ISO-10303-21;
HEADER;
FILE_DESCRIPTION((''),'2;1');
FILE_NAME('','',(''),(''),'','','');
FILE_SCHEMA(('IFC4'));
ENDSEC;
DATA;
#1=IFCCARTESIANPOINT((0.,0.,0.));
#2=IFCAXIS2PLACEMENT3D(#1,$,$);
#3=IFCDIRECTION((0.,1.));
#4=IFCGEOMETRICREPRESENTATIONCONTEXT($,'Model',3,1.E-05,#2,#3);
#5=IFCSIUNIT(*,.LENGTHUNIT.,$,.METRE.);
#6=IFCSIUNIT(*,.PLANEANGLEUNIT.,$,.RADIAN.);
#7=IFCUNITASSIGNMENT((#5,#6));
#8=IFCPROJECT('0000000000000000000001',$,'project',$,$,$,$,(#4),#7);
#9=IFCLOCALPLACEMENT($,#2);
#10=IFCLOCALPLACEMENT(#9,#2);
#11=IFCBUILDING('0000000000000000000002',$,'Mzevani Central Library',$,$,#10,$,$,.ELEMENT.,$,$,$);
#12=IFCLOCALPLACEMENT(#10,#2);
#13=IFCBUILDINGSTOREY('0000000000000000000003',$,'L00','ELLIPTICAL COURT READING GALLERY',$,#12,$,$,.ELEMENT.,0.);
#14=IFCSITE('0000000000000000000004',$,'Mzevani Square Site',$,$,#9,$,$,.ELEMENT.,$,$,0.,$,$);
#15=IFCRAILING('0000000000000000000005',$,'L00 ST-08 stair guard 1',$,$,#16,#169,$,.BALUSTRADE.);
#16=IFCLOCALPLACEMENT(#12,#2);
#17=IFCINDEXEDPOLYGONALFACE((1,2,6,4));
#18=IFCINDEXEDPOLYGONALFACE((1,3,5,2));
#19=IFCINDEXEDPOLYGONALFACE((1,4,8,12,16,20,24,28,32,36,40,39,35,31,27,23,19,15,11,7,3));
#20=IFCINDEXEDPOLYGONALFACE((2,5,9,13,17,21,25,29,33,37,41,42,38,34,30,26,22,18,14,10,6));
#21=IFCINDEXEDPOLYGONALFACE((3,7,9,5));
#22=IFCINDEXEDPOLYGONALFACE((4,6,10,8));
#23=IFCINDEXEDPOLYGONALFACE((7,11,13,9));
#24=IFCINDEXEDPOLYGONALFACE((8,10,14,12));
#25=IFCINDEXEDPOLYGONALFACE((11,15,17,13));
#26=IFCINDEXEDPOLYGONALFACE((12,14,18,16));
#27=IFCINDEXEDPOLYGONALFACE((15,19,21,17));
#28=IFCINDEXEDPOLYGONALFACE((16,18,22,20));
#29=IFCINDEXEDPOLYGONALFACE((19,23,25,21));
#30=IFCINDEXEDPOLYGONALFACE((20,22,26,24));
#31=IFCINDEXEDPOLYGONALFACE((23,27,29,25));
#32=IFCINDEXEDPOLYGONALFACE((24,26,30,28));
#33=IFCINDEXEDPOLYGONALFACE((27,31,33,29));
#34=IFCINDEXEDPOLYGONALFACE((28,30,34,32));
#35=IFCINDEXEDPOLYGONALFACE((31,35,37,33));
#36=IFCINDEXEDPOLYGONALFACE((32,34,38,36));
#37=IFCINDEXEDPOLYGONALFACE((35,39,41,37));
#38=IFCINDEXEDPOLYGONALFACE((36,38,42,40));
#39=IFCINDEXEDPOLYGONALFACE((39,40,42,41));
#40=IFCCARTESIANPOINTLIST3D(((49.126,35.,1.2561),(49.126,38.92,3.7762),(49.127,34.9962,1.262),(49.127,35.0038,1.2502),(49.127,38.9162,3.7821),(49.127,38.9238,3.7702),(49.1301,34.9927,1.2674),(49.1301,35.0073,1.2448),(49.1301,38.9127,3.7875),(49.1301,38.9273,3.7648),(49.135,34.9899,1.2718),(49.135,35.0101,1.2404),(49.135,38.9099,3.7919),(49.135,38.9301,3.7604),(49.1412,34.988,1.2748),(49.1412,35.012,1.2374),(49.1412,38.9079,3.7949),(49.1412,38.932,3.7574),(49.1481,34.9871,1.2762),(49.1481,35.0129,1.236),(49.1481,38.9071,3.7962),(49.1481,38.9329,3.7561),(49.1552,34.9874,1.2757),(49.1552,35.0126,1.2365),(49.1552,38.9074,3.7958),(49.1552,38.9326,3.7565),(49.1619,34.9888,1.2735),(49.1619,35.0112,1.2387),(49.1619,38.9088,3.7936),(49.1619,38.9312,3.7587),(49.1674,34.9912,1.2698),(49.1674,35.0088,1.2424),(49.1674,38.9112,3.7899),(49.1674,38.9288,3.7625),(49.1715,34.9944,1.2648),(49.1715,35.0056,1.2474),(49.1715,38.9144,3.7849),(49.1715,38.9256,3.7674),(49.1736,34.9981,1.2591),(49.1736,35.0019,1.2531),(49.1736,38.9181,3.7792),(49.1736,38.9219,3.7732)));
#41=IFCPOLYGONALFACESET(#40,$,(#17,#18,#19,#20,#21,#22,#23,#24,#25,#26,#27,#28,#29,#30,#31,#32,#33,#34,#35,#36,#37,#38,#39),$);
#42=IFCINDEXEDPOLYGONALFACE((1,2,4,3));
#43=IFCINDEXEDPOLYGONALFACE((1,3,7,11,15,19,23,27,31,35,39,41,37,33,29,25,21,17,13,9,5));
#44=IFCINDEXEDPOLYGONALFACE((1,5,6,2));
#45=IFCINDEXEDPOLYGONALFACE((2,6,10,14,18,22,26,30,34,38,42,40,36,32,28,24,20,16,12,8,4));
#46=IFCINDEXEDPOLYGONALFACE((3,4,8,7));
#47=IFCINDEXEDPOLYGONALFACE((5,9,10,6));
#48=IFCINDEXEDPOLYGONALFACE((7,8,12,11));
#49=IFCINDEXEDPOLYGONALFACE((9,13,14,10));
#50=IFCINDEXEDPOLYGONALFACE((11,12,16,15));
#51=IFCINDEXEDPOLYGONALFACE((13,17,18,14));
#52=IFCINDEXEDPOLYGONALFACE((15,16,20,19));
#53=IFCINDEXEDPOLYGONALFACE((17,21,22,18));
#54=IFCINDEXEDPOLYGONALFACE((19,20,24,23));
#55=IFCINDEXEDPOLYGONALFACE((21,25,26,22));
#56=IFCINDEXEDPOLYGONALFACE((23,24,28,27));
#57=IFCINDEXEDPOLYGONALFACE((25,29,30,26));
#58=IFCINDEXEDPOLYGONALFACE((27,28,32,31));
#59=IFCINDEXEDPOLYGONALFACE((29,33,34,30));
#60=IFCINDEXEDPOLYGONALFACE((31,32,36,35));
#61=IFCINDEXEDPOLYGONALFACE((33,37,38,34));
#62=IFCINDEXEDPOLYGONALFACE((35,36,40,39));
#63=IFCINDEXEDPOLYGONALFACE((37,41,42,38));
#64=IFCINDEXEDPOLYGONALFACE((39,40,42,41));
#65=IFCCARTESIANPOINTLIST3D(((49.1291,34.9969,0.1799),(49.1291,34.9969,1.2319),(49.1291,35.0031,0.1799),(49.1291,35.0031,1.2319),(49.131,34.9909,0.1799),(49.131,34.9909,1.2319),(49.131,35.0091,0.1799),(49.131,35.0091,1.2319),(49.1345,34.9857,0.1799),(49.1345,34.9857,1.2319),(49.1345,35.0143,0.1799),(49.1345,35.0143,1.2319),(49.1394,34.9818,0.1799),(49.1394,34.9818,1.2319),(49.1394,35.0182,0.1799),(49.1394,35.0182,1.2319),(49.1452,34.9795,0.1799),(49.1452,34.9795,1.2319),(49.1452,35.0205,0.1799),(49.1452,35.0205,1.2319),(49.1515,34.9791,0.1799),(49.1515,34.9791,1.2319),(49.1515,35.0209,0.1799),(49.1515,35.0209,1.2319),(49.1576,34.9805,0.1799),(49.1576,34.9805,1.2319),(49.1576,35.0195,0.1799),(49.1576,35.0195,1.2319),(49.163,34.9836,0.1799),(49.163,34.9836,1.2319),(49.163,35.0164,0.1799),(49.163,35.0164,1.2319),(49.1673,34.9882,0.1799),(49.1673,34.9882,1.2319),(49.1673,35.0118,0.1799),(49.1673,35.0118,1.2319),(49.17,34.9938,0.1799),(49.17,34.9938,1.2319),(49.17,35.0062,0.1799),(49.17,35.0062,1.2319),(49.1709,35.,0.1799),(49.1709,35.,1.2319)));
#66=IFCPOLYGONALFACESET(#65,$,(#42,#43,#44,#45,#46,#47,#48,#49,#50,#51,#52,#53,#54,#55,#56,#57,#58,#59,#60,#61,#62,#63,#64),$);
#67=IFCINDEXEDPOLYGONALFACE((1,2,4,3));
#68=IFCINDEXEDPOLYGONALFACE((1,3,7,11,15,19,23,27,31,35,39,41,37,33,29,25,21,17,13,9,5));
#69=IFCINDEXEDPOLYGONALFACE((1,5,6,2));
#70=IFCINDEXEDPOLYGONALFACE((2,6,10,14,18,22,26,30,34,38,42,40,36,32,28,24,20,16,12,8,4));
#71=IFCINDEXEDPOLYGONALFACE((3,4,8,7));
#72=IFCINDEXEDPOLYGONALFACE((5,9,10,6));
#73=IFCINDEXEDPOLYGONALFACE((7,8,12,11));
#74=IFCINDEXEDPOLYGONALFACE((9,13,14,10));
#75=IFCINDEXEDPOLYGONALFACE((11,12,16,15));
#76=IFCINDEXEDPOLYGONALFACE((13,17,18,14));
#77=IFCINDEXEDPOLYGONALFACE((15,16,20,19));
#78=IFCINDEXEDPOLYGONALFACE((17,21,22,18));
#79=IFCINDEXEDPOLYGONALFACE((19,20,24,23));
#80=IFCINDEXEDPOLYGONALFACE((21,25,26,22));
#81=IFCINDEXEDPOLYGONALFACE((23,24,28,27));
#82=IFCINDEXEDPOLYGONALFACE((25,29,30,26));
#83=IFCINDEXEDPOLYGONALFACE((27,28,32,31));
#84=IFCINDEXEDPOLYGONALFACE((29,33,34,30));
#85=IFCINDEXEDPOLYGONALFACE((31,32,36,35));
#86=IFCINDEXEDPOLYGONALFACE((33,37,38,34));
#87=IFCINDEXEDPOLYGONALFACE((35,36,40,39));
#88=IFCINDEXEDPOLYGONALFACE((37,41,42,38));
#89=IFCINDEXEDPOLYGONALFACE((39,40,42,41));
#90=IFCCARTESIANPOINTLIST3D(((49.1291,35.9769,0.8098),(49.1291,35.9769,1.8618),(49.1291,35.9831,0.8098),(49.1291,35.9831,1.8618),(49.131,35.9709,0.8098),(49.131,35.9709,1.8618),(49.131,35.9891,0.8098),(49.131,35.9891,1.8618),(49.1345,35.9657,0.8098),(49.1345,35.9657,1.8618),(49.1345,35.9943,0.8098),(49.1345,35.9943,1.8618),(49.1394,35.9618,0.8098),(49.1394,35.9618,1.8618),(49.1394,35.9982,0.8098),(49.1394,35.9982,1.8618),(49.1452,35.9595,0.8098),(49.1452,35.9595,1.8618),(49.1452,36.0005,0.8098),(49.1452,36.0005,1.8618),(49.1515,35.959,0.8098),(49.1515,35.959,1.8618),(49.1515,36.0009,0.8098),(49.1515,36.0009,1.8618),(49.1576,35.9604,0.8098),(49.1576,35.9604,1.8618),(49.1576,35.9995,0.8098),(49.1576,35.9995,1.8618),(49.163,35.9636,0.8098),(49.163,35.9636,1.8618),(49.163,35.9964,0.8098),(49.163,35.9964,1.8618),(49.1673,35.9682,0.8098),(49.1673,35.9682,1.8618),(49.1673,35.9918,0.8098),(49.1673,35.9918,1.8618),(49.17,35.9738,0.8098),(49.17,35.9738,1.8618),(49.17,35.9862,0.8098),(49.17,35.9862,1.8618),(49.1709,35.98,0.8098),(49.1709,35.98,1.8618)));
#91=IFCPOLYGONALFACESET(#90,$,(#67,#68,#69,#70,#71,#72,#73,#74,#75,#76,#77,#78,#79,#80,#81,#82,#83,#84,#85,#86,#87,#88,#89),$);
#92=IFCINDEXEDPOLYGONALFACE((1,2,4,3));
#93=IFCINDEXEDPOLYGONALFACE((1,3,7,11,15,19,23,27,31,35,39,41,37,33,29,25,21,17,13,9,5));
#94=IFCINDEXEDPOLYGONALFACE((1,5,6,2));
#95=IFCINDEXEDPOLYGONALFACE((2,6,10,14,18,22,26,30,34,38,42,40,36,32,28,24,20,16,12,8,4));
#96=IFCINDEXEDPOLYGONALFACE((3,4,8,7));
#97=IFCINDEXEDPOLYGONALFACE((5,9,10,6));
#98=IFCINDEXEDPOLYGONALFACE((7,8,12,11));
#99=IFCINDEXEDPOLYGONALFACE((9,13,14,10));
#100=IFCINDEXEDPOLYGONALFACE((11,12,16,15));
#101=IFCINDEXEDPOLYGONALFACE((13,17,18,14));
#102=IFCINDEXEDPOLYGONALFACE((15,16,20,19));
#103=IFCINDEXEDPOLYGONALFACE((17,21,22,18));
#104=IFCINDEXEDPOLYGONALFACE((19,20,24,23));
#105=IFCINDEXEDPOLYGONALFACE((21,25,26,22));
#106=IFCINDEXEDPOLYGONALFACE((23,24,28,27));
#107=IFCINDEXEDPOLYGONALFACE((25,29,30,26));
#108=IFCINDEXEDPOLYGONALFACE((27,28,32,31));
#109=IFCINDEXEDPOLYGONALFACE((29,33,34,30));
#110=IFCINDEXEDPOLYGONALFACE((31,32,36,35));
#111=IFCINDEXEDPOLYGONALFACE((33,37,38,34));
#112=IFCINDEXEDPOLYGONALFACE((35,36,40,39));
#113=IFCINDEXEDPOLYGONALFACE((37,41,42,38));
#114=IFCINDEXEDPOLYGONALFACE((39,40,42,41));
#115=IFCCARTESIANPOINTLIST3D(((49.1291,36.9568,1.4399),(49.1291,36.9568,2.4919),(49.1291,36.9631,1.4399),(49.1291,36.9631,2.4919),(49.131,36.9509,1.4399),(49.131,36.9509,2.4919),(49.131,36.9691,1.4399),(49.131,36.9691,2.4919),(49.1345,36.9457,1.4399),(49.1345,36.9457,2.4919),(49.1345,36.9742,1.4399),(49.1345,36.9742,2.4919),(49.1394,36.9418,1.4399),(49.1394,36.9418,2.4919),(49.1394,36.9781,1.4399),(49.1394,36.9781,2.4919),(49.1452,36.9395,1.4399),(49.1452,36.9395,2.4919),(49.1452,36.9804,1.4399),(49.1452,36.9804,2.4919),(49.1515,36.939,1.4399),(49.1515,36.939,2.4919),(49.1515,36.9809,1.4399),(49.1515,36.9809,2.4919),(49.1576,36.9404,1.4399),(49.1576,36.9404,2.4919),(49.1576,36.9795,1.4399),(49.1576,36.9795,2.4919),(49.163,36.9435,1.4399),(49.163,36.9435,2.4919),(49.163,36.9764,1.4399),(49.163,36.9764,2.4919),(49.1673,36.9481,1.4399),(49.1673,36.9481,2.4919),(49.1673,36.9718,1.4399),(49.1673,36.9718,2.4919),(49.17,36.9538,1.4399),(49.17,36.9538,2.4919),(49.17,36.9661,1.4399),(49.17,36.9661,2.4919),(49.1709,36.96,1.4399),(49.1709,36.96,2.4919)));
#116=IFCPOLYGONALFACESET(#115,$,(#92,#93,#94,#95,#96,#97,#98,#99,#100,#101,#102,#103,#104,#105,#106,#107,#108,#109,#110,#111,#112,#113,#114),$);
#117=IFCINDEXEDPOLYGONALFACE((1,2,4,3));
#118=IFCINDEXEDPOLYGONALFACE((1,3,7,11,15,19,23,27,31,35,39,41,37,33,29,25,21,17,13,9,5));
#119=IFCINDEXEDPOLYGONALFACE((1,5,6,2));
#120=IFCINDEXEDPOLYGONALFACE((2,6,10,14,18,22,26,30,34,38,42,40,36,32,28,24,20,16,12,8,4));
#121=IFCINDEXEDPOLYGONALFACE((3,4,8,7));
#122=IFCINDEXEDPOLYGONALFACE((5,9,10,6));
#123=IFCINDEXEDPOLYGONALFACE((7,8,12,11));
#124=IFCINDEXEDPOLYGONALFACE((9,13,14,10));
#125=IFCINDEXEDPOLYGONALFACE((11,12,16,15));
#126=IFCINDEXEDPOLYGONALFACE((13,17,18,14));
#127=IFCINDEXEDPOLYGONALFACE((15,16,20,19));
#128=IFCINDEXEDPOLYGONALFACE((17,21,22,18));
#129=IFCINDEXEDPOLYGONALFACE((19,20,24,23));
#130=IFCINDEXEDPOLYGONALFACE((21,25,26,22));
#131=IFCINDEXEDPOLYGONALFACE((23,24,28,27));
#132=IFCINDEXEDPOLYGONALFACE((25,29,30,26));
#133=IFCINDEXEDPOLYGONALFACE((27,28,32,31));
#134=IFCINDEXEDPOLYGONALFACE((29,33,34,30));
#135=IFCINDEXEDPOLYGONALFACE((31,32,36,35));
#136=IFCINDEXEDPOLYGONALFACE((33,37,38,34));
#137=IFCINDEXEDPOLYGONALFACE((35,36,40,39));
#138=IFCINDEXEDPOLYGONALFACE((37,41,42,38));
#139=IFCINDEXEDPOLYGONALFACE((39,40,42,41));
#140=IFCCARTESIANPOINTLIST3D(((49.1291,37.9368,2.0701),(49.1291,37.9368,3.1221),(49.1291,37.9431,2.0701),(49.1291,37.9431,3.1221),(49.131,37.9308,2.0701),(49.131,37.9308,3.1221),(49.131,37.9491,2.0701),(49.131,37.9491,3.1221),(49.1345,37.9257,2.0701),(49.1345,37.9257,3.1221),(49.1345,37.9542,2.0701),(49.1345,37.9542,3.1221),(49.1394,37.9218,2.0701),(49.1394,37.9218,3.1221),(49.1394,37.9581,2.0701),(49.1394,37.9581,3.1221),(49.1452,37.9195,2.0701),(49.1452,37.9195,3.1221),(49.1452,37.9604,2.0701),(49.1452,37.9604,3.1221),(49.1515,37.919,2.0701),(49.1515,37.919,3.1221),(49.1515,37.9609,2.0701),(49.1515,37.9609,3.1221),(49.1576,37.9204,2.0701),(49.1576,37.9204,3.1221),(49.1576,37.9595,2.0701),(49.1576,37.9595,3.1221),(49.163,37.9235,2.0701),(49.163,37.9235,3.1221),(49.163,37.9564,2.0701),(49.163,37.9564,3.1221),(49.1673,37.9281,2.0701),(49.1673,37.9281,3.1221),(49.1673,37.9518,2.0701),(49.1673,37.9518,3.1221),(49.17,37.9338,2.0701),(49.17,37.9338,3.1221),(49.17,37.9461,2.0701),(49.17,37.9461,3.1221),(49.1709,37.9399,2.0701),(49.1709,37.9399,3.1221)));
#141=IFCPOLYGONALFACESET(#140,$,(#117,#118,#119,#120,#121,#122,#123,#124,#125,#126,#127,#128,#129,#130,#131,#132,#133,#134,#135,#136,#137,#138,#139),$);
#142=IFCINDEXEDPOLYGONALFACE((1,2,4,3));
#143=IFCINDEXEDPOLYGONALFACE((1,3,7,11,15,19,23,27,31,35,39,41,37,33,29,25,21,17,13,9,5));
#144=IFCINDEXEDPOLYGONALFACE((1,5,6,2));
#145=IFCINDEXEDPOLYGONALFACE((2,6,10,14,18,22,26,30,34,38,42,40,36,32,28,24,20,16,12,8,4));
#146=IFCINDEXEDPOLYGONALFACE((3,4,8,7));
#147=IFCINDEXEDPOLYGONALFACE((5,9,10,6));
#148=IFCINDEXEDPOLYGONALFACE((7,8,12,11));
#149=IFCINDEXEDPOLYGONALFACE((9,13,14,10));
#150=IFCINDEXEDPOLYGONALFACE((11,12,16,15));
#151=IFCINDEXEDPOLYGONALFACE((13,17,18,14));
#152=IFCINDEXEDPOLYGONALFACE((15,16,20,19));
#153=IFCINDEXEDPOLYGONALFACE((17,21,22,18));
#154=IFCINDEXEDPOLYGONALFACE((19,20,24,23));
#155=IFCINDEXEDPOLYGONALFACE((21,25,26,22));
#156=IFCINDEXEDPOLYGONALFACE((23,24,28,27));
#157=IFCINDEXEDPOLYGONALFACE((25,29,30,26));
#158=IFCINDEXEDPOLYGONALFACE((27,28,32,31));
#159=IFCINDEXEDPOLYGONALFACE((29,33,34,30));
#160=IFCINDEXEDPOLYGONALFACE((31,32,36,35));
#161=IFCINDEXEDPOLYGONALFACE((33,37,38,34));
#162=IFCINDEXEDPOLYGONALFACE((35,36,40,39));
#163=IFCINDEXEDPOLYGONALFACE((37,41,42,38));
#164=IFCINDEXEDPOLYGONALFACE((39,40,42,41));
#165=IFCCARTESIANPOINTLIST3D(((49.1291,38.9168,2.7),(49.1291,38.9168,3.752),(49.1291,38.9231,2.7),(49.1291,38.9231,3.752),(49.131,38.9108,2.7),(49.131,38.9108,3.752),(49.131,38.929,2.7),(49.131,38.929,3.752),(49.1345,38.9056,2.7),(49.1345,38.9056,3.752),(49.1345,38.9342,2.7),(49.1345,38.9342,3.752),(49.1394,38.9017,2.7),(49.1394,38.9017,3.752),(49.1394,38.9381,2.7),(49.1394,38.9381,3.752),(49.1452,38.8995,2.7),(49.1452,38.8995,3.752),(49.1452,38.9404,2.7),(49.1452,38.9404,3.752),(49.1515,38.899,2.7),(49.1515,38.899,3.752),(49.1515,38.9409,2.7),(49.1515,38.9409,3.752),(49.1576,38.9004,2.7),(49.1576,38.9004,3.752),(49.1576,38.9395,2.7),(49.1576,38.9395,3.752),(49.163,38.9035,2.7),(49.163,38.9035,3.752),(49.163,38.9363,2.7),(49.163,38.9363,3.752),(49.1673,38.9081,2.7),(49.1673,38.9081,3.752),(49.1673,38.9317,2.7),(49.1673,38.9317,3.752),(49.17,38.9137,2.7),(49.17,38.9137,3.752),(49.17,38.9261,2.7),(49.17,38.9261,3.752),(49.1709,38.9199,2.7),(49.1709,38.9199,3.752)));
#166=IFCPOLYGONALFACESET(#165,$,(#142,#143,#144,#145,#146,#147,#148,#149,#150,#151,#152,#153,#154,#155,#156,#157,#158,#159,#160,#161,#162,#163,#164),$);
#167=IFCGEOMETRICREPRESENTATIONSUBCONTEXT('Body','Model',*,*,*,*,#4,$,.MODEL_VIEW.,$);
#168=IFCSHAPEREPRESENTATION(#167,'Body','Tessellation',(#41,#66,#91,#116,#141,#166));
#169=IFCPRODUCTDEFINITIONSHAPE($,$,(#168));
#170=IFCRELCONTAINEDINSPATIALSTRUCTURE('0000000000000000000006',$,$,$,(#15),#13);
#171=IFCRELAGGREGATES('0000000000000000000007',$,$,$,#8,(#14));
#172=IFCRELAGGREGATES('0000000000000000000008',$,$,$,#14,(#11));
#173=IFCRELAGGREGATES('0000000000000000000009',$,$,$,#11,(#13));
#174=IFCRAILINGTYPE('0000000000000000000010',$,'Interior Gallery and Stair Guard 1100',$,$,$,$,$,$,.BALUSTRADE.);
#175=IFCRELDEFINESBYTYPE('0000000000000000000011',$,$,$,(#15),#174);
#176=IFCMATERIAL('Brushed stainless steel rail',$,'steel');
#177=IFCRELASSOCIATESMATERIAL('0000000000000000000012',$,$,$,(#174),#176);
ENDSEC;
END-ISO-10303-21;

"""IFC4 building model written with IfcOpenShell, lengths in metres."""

from ifc_helpers import new_model, si_unit, direction, frame, origin, origin_2d, place, context, subcontext, project, spatial, circle, extrude, material, type_object, element, save


model = new_model("IFC4")

# Units and contexts
model_context = context("Model", 3, precision=1e-05, world=origin(), true_north=direction((0.0, 1.0)))
body_context = subcontext(model_context, "Body", "Model", "MODEL_VIEW")
ifc_project = project(units=[si_unit("LENGTHUNIT", "METRE"), si_unit("PLANEANGLEUNIT", "RADIAN")], contexts=[model_context])

# Site, building, storey
site_placement = place(None, origin())
site = spatial("IfcSite", under=ifc_project, at=site_placement, Name="Mzevani Square Site", CompositionType="ELEMENT", RefElevation=0.0)
building_placement = place(site_placement, origin())
building = spatial("IfcBuilding", under=site, at=building_placement, Name="Mzevani Central Library", CompositionType="ELEMENT")
storey_placement = place(building_placement, origin())
storey = spatial("IfcBuildingStorey", under=building, at=storey_placement, Name="L00", Description="ELLIPTICAL COURT READING GALLERY", CompositionType="ELEMENT", Elevation=0.0)

# Railing
ifc_material_1 = material(Name="Brushed stainless steel rail", Category="steel")
railing_type_1 = type_object("IfcRailingType", Name="Interior Gallery and Stair Guard 1100", PredefinedType="BALUSTRADE", material=ifc_material_1)
railing_1_placement = place(storey_placement, frame((49.1499, 35.0, 0.1799)))
element("IfcRailing", 1, at=railing_1_placement, inside=storey, type_object=railing_type_1, Name="L00 ST-08 stair guard 1", PredefinedType="BALUSTRADE", context=body_context, shape_type="SweptSolid", body=[
    extrude(circle(Radius=0.0239, at=origin_2d()), frame((0.0, 0.0, 1.0762), z_axis=(0.0, 0.841172, 0.540768), x_axis=(-1.0, 0.0, 0.0)), (0.0, 0.0, 1.0), 4.6602),
    extrude(circle(Radius=0.021, at=origin_2d()), origin(), (0.0, 0.0, 1.0), 1.052),
    extrude(circle(Radius=0.021, at=origin_2d()), frame((0.0, 0.98, 0.6299)), (0.0, 0.0, 1.0), 1.052),
    extrude(circle(Radius=0.021, at=origin_2d()), frame((0.0, 1.96, 1.26)), (0.0, 0.0, 1.0), 1.052),
    extrude(circle(Radius=0.021, at=origin_2d()), frame((0.0, 2.9399, 1.8901)), (0.0, 0.0, 1.0), 1.052),
    extrude(circle(Radius=0.021, at=origin_2d()), frame((0.0, 3.9199, 2.52)), (0.0, 0.0, 1.0), 1.052),
])

save(model, "model.ifc")
